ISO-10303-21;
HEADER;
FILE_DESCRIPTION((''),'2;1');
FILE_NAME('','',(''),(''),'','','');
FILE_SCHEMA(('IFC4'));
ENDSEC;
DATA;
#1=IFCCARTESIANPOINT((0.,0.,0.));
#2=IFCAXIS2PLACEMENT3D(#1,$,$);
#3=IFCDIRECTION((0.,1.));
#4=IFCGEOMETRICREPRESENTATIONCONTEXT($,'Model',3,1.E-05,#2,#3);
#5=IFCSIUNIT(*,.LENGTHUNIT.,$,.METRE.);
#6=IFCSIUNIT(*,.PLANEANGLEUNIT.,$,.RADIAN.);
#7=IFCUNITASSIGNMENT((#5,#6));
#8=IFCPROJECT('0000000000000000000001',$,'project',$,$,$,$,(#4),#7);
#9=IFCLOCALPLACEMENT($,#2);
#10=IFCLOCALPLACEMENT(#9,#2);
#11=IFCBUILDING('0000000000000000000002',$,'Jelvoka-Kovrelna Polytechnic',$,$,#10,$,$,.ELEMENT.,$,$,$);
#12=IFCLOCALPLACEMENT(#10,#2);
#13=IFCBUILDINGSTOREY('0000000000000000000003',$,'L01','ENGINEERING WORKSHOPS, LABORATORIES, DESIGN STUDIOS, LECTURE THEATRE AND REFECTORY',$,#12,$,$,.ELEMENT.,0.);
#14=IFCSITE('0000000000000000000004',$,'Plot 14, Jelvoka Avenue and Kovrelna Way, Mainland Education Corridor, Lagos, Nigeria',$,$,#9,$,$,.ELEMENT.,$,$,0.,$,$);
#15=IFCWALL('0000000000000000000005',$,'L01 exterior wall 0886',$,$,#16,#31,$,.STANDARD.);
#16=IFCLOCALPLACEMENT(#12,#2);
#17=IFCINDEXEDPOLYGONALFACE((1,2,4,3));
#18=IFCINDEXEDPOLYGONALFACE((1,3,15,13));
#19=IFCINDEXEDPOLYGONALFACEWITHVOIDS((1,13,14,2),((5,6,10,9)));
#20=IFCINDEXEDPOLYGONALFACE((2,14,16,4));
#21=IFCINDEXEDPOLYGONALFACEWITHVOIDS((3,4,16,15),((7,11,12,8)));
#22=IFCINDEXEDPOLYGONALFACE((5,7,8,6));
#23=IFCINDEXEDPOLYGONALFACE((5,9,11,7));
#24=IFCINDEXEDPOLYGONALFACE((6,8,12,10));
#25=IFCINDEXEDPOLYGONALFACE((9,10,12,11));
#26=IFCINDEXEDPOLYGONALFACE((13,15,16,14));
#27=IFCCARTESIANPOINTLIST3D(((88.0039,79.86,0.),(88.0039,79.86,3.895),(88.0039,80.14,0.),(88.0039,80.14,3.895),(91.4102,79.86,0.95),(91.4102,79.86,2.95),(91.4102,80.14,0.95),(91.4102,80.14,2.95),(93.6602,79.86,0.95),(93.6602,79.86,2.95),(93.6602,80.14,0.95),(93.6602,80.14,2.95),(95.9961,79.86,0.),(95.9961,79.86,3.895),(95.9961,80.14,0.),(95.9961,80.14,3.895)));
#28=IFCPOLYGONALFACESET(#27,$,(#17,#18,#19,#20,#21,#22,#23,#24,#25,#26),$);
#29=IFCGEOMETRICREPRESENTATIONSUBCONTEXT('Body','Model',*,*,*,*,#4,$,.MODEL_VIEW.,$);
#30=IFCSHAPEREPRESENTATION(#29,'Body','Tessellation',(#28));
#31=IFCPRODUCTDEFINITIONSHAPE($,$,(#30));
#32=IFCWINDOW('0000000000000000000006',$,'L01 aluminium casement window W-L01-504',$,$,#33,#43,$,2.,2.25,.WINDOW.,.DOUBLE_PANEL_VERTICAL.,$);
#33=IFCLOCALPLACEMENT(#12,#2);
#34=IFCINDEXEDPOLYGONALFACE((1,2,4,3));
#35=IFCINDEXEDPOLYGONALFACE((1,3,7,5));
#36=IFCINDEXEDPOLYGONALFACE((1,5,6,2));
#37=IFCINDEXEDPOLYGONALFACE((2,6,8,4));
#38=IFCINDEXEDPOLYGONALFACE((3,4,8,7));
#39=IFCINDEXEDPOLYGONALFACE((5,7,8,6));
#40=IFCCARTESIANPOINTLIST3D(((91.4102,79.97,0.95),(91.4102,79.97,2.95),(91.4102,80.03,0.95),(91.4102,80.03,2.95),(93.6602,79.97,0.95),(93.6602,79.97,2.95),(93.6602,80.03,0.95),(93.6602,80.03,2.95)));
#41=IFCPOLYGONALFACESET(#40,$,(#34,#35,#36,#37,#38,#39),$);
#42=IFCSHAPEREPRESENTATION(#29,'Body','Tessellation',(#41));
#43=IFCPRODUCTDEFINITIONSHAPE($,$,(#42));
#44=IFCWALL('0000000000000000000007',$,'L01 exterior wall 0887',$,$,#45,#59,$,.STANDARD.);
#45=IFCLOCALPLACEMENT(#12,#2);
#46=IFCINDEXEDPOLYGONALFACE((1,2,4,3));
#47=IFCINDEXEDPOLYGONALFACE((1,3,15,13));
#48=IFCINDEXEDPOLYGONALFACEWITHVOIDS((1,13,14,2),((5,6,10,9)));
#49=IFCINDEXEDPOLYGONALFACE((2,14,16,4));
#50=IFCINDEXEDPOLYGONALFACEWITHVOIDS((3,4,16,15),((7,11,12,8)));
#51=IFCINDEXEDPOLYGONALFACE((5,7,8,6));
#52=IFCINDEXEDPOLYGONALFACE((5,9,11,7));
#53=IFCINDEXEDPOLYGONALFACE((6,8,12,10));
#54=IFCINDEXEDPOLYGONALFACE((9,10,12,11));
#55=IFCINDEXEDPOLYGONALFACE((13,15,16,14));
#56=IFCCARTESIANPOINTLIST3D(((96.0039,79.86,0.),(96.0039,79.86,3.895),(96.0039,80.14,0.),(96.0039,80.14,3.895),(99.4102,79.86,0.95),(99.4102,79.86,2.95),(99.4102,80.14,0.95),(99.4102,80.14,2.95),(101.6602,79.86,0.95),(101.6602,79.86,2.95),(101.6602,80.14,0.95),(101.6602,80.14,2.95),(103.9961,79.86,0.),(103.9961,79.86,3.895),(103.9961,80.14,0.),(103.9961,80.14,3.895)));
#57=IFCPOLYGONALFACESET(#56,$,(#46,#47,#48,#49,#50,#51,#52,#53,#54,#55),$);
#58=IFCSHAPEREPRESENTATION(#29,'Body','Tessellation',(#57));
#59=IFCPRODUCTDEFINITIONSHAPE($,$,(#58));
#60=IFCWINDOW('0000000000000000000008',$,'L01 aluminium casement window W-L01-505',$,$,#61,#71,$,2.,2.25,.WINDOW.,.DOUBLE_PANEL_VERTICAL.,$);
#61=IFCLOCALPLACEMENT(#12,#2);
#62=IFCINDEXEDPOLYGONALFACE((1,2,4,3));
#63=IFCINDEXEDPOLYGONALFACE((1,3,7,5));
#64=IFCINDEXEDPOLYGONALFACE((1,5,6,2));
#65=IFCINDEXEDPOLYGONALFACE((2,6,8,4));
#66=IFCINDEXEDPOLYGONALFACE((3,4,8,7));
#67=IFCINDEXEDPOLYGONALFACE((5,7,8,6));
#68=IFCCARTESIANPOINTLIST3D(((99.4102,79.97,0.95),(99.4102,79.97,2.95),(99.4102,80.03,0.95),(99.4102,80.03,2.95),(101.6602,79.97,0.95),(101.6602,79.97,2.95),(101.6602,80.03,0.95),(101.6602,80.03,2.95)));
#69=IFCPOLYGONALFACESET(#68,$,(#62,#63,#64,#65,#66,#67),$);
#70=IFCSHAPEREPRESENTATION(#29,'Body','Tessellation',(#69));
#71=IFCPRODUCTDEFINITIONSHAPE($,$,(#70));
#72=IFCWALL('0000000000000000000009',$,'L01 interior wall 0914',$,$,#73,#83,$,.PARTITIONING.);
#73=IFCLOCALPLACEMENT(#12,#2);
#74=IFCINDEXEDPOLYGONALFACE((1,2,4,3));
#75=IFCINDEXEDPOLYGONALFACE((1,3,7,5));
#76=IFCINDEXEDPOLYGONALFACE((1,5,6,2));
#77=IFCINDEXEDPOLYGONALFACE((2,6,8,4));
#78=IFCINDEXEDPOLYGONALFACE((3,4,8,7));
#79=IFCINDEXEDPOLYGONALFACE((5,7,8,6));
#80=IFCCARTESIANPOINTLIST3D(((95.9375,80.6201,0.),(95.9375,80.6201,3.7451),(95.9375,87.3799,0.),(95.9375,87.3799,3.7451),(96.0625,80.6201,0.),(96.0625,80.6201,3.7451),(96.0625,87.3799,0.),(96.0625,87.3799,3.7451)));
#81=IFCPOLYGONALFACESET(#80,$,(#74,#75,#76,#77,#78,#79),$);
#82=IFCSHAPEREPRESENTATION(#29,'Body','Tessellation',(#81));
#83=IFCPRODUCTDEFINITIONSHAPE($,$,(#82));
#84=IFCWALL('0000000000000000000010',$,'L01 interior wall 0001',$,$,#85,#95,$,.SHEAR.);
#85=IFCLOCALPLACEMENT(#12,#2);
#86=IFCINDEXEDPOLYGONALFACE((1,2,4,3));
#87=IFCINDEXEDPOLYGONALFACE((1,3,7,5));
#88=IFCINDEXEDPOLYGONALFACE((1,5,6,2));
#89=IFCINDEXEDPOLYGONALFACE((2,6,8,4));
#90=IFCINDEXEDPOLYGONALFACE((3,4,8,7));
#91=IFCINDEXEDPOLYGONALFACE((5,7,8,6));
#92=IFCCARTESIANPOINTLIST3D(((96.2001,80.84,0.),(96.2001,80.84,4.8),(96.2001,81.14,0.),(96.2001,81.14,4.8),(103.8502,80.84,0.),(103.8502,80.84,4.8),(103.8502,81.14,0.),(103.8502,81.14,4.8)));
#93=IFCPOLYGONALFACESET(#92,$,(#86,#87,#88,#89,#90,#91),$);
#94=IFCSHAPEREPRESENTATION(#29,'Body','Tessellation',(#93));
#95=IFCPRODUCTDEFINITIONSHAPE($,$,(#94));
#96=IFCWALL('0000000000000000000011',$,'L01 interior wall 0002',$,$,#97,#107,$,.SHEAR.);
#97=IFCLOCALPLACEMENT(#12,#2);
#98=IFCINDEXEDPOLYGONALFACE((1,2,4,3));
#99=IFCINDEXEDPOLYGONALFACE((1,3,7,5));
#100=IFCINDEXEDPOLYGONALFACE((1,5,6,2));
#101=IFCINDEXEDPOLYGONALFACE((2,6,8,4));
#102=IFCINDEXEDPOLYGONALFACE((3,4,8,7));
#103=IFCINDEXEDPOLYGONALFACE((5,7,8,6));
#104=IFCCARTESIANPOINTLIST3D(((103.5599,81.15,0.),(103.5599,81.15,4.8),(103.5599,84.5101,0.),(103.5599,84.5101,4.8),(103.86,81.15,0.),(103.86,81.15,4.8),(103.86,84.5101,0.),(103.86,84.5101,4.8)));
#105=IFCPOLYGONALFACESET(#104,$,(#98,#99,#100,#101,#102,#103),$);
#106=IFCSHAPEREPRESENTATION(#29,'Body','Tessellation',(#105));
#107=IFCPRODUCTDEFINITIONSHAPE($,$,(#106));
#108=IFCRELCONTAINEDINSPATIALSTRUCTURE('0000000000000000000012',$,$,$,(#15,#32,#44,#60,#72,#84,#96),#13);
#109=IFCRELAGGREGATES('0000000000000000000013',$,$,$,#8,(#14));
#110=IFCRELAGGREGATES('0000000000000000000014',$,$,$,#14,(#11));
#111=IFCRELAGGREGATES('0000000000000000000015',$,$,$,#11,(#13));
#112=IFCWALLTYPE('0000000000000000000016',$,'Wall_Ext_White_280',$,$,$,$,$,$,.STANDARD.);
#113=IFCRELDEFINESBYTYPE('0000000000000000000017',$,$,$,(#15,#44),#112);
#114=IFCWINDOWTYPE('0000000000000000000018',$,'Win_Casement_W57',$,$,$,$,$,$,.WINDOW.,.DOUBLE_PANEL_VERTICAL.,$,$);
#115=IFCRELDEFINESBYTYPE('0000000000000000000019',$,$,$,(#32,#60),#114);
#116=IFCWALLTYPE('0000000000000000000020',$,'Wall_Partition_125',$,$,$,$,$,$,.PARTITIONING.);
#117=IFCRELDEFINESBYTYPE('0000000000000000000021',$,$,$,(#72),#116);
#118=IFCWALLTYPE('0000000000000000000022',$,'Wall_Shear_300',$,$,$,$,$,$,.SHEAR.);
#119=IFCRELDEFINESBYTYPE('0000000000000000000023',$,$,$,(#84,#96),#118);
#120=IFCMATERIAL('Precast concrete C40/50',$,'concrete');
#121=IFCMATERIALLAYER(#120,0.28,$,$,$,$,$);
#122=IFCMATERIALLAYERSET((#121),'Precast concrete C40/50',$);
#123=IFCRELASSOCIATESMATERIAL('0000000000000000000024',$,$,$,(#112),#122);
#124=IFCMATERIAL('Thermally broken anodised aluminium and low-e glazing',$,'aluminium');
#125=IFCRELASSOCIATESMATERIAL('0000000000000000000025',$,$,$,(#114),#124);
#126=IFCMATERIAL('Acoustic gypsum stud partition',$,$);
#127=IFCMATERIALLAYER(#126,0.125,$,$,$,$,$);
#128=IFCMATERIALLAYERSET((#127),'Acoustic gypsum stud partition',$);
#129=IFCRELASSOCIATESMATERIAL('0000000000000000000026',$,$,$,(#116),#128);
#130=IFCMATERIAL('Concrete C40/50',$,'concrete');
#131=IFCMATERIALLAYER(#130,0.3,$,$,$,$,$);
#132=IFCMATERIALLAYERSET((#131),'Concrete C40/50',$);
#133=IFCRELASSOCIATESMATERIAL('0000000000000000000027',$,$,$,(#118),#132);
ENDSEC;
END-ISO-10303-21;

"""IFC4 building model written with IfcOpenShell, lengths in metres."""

from ifc_helpers import new_model, si_unit, direction, frame, frame_2d, origin, place, context, subcontext, project, spatial, rectangle, extrude, material, layer, layer_set, type_object, element, fill, save


model = new_model("IFC4")

# Units and contexts
model_context = context("Model", 3, precision=1e-05, world=origin(), true_north=direction((0.0, 1.0)))
body_context = subcontext(model_context, "Body", "Model", "MODEL_VIEW")
ifc_project = project(units=[si_unit("LENGTHUNIT", "METRE"), si_unit("PLANEANGLEUNIT", "RADIAN")], contexts=[model_context])

# Site, building, storey
site_placement = place(None, origin())
site = spatial("IfcSite", under=ifc_project, at=site_placement, Name="Plot 14, Jelvoka Avenue and Kovrelna Way, Mainland Education Corridor, Lagos, Nigeria", CompositionType="ELEMENT", RefElevation=0.0)
building_placement = place(site_placement, origin())
building = spatial("IfcBuilding", under=site, at=building_placement, Name="Jelvoka-Kovrelna Polytechnic", CompositionType="ELEMENT")
storey_placement = place(building_placement, origin())
storey = spatial("IfcBuildingStorey", under=building, at=storey_placement, Name="L01", Description="ENGINEERING WORKSHOPS, LABORATORIES, DESIGN STUDIOS, LECTURE THEATRE AND REFECTORY", CompositionType="ELEMENT", Elevation=0.0)

# Walls, openings, windows
ifc_material_1 = material(Name="Precast concrete C40/50", Category="concrete")
ifc_layer_1 = layer(ifc_material_1, 0.28)
ifc_layer_set_1 = layer_set([ifc_layer_1], Name="Precast concrete C40/50")
wall_type_1 = type_object("IfcWallType", Name="Wall_Ext_White_280", PredefinedType="STANDARD", material=ifc_layer_set_1)
wall_1_placement = place(storey_placement, frame((95.9961, 80.0, 0.0), z_axis=(0.0, 0.0, 1.0), x_axis=(-1.0, 0.0, 0.0)))
wall_1 = element("IfcWall", 1, at=wall_1_placement, inside=storey, type_object=wall_type_1, Name="L01 exterior wall 0886", PredefinedType="STANDARD", context=body_context, shape_type="SweptSolid", body=[
    extrude(rectangle(XDim=7.9922, YDim=0.28, at=frame_2d((3.9961, 0.0))), origin(), (0.0, 0.0, 1.0), 3.895),
])
opening_1_placement = place(wall_1_placement, frame((2.3359, 0.0, 0.95)))
opening_1 = element("IfcOpeningElement", 2, at=opening_1_placement, cuts=wall_1, PredefinedType="OPENING", context=body_context, shape_type="SweptSolid", body=[
    extrude(rectangle(XDim=2.25, YDim=2.0, at=frame_2d((1.125, 1.0))), frame((0.0, 0.1501, 0.0), z_axis=(0.0, -1.0, 0.0), x_axis=(1.0, 0.0, 0.0)), (0.0, 0.0, 1.0), 0.3),
])
ifc_material_2 = material(Name="Thermally broken anodised aluminium and low-e glazing", Category="aluminium")
window_type = type_object("IfcWindowType", Name="Win_Casement_W57", PartitioningType="DOUBLE_PANEL_VERTICAL", PredefinedType="WINDOW", material=ifc_material_2)
window_1_placement = place(opening_1_placement, origin())
window_1 = element("IfcWindow", 3, at=window_1_placement, inside=storey, type_object=window_type, Name="L01 aluminium casement window W-L01-504", OverallHeight=2.0, OverallWidth=2.25, PartitioningType="DOUBLE_PANEL_VERTICAL", PredefinedType="WINDOW", context=body_context, shape_type="SweptSolid", body=[
    extrude(rectangle(XDim=2.25, YDim=2.0, at=frame_2d((1.125, 1.0))), frame((0.0, 0.03, 0.0), z_axis=(0.0, -1.0, 0.0), x_axis=(1.0, 0.0, 0.0)), (0.0, 0.0, 1.0), 0.0601),
])
fill(opening_1, window_1)
wall_2_placement = place(storey_placement, frame((103.9961, 80.0, 0.0), z_axis=(0.0, 0.0, 1.0), x_axis=(-1.0, 0.0, 0.0)))
wall_2 = element("IfcWall", 4, at=wall_2_placement, inside=storey, type_object=wall_type_1, Name="L01 exterior wall 0887", PredefinedType="STANDARD", context=body_context, shape_type="SweptSolid", body=[
    extrude(rectangle(XDim=7.9922, YDim=0.28, at=frame_2d((3.9961, 0.0))), origin(), (0.0, 0.0, 1.0), 3.895),
])
opening_2_placement = place(wall_2_placement, frame((2.3359, 0.0, 0.95)))
opening_2 = element("IfcOpeningElement", 5, at=opening_2_placement, cuts=wall_2, PredefinedType="OPENING", context=body_context, shape_type="SweptSolid", body=[
    extrude(rectangle(XDim=2.25, YDim=2.0, at=frame_2d((1.125, 1.0))), frame((0.0, 0.1501, 0.0), z_axis=(0.0, -1.0, 0.0), x_axis=(1.0, 0.0, 0.0)), (0.0, 0.0, 1.0), 0.3),
])
window_2_placement = place(opening_2_placement, origin())
window_2 = element("IfcWindow", 6, at=window_2_placement, inside=storey, type_object=window_type, Name="L01 aluminium casement window W-L01-505", OverallHeight=2.0, OverallWidth=2.25, PartitioningType="DOUBLE_PANEL_VERTICAL", PredefinedType="WINDOW", context=body_context, shape_type="SweptSolid", body=[
    extrude(rectangle(XDim=2.25, YDim=2.0, at=frame_2d((1.125, 1.0))), frame((0.0, 0.03, 0.0), z_axis=(0.0, -1.0, 0.0), x_axis=(1.0, 0.0, 0.0)), (0.0, 0.0, 1.0), 0.0601),
])
fill(opening_2, window_2)

# Walls
ifc_material_3 = material(Name="Acoustic gypsum stud partition")
ifc_layer_2 = layer(ifc_material_3, 0.125)
ifc_layer_set_2 = layer_set([ifc_layer_2], Name="Acoustic gypsum stud partition")
wall_type_2 = type_object("IfcWallType", Name="Wall_Partition_125", PredefinedType="PARTITIONING", material=ifc_layer_set_2)
wall_3_placement = place(storey_placement, frame((96.0, 80.6201, 0.0), z_axis=(0.0, 0.0, 1.0), x_axis=(0.0, 1.0, 0.0)))
element("IfcWall", 7, at=wall_3_placement, inside=storey, type_object=wall_type_2, Name="L01 interior wall 0914", PredefinedType="PARTITIONING", context=body_context, shape_type="SweptSolid", body=[
    extrude(rectangle(XDim=6.7598, YDim=0.125, at=frame_2d((3.3799, 0.0))), origin(), (0.0, 0.0, 1.0), 3.7451),
])
ifc_material_4 = material(Name="Concrete C40/50", Category="concrete")
ifc_layer_3 = layer(ifc_material_4, 0.3)
ifc_layer_set_3 = layer_set([ifc_layer_3], Name="Concrete C40/50")
wall_type_3 = type_object("IfcWallType", Name="Wall_Shear_300", PredefinedType="SHEAR", material=ifc_layer_set_3)
wall_4_placement = place(storey_placement, frame((96.2, 80.99, 0.0), z_axis=(0.0, 0.0, 1.0), x_axis=(1.0, 0.0, 0.0)))
element("IfcWall", 8, at=wall_4_placement, inside=storey, type_object=wall_type_3, Name="L01 interior wall 0001", PredefinedType="SHEAR", context=body_context, shape_type="SweptSolid", body=[
    extrude(rectangle(XDim=7.6501, YDim=0.3, at=frame_2d((3.8252, 0.0))), origin(), (0.0, 0.0, 1.0), 4.8),
])
wall_5_placement = place(storey_placement, frame((103.71, 81.1499, 0.0), z_axis=(0.0, 0.0, 1.0), x_axis=(0.0, 1.0, 0.0)))
element("IfcWall", 9, at=wall_5_placement, inside=storey, type_object=wall_type_3, Name="L01 interior wall 0002", PredefinedType="SHEAR", context=body_context, shape_type="SweptSolid", body=[
    extrude(rectangle(XDim=3.3601, YDim=0.3, at=frame_2d((1.6802, 0.0))), origin(), (0.0, 0.0, 1.0), 4.8),
])

save(model, "model.ifc")
